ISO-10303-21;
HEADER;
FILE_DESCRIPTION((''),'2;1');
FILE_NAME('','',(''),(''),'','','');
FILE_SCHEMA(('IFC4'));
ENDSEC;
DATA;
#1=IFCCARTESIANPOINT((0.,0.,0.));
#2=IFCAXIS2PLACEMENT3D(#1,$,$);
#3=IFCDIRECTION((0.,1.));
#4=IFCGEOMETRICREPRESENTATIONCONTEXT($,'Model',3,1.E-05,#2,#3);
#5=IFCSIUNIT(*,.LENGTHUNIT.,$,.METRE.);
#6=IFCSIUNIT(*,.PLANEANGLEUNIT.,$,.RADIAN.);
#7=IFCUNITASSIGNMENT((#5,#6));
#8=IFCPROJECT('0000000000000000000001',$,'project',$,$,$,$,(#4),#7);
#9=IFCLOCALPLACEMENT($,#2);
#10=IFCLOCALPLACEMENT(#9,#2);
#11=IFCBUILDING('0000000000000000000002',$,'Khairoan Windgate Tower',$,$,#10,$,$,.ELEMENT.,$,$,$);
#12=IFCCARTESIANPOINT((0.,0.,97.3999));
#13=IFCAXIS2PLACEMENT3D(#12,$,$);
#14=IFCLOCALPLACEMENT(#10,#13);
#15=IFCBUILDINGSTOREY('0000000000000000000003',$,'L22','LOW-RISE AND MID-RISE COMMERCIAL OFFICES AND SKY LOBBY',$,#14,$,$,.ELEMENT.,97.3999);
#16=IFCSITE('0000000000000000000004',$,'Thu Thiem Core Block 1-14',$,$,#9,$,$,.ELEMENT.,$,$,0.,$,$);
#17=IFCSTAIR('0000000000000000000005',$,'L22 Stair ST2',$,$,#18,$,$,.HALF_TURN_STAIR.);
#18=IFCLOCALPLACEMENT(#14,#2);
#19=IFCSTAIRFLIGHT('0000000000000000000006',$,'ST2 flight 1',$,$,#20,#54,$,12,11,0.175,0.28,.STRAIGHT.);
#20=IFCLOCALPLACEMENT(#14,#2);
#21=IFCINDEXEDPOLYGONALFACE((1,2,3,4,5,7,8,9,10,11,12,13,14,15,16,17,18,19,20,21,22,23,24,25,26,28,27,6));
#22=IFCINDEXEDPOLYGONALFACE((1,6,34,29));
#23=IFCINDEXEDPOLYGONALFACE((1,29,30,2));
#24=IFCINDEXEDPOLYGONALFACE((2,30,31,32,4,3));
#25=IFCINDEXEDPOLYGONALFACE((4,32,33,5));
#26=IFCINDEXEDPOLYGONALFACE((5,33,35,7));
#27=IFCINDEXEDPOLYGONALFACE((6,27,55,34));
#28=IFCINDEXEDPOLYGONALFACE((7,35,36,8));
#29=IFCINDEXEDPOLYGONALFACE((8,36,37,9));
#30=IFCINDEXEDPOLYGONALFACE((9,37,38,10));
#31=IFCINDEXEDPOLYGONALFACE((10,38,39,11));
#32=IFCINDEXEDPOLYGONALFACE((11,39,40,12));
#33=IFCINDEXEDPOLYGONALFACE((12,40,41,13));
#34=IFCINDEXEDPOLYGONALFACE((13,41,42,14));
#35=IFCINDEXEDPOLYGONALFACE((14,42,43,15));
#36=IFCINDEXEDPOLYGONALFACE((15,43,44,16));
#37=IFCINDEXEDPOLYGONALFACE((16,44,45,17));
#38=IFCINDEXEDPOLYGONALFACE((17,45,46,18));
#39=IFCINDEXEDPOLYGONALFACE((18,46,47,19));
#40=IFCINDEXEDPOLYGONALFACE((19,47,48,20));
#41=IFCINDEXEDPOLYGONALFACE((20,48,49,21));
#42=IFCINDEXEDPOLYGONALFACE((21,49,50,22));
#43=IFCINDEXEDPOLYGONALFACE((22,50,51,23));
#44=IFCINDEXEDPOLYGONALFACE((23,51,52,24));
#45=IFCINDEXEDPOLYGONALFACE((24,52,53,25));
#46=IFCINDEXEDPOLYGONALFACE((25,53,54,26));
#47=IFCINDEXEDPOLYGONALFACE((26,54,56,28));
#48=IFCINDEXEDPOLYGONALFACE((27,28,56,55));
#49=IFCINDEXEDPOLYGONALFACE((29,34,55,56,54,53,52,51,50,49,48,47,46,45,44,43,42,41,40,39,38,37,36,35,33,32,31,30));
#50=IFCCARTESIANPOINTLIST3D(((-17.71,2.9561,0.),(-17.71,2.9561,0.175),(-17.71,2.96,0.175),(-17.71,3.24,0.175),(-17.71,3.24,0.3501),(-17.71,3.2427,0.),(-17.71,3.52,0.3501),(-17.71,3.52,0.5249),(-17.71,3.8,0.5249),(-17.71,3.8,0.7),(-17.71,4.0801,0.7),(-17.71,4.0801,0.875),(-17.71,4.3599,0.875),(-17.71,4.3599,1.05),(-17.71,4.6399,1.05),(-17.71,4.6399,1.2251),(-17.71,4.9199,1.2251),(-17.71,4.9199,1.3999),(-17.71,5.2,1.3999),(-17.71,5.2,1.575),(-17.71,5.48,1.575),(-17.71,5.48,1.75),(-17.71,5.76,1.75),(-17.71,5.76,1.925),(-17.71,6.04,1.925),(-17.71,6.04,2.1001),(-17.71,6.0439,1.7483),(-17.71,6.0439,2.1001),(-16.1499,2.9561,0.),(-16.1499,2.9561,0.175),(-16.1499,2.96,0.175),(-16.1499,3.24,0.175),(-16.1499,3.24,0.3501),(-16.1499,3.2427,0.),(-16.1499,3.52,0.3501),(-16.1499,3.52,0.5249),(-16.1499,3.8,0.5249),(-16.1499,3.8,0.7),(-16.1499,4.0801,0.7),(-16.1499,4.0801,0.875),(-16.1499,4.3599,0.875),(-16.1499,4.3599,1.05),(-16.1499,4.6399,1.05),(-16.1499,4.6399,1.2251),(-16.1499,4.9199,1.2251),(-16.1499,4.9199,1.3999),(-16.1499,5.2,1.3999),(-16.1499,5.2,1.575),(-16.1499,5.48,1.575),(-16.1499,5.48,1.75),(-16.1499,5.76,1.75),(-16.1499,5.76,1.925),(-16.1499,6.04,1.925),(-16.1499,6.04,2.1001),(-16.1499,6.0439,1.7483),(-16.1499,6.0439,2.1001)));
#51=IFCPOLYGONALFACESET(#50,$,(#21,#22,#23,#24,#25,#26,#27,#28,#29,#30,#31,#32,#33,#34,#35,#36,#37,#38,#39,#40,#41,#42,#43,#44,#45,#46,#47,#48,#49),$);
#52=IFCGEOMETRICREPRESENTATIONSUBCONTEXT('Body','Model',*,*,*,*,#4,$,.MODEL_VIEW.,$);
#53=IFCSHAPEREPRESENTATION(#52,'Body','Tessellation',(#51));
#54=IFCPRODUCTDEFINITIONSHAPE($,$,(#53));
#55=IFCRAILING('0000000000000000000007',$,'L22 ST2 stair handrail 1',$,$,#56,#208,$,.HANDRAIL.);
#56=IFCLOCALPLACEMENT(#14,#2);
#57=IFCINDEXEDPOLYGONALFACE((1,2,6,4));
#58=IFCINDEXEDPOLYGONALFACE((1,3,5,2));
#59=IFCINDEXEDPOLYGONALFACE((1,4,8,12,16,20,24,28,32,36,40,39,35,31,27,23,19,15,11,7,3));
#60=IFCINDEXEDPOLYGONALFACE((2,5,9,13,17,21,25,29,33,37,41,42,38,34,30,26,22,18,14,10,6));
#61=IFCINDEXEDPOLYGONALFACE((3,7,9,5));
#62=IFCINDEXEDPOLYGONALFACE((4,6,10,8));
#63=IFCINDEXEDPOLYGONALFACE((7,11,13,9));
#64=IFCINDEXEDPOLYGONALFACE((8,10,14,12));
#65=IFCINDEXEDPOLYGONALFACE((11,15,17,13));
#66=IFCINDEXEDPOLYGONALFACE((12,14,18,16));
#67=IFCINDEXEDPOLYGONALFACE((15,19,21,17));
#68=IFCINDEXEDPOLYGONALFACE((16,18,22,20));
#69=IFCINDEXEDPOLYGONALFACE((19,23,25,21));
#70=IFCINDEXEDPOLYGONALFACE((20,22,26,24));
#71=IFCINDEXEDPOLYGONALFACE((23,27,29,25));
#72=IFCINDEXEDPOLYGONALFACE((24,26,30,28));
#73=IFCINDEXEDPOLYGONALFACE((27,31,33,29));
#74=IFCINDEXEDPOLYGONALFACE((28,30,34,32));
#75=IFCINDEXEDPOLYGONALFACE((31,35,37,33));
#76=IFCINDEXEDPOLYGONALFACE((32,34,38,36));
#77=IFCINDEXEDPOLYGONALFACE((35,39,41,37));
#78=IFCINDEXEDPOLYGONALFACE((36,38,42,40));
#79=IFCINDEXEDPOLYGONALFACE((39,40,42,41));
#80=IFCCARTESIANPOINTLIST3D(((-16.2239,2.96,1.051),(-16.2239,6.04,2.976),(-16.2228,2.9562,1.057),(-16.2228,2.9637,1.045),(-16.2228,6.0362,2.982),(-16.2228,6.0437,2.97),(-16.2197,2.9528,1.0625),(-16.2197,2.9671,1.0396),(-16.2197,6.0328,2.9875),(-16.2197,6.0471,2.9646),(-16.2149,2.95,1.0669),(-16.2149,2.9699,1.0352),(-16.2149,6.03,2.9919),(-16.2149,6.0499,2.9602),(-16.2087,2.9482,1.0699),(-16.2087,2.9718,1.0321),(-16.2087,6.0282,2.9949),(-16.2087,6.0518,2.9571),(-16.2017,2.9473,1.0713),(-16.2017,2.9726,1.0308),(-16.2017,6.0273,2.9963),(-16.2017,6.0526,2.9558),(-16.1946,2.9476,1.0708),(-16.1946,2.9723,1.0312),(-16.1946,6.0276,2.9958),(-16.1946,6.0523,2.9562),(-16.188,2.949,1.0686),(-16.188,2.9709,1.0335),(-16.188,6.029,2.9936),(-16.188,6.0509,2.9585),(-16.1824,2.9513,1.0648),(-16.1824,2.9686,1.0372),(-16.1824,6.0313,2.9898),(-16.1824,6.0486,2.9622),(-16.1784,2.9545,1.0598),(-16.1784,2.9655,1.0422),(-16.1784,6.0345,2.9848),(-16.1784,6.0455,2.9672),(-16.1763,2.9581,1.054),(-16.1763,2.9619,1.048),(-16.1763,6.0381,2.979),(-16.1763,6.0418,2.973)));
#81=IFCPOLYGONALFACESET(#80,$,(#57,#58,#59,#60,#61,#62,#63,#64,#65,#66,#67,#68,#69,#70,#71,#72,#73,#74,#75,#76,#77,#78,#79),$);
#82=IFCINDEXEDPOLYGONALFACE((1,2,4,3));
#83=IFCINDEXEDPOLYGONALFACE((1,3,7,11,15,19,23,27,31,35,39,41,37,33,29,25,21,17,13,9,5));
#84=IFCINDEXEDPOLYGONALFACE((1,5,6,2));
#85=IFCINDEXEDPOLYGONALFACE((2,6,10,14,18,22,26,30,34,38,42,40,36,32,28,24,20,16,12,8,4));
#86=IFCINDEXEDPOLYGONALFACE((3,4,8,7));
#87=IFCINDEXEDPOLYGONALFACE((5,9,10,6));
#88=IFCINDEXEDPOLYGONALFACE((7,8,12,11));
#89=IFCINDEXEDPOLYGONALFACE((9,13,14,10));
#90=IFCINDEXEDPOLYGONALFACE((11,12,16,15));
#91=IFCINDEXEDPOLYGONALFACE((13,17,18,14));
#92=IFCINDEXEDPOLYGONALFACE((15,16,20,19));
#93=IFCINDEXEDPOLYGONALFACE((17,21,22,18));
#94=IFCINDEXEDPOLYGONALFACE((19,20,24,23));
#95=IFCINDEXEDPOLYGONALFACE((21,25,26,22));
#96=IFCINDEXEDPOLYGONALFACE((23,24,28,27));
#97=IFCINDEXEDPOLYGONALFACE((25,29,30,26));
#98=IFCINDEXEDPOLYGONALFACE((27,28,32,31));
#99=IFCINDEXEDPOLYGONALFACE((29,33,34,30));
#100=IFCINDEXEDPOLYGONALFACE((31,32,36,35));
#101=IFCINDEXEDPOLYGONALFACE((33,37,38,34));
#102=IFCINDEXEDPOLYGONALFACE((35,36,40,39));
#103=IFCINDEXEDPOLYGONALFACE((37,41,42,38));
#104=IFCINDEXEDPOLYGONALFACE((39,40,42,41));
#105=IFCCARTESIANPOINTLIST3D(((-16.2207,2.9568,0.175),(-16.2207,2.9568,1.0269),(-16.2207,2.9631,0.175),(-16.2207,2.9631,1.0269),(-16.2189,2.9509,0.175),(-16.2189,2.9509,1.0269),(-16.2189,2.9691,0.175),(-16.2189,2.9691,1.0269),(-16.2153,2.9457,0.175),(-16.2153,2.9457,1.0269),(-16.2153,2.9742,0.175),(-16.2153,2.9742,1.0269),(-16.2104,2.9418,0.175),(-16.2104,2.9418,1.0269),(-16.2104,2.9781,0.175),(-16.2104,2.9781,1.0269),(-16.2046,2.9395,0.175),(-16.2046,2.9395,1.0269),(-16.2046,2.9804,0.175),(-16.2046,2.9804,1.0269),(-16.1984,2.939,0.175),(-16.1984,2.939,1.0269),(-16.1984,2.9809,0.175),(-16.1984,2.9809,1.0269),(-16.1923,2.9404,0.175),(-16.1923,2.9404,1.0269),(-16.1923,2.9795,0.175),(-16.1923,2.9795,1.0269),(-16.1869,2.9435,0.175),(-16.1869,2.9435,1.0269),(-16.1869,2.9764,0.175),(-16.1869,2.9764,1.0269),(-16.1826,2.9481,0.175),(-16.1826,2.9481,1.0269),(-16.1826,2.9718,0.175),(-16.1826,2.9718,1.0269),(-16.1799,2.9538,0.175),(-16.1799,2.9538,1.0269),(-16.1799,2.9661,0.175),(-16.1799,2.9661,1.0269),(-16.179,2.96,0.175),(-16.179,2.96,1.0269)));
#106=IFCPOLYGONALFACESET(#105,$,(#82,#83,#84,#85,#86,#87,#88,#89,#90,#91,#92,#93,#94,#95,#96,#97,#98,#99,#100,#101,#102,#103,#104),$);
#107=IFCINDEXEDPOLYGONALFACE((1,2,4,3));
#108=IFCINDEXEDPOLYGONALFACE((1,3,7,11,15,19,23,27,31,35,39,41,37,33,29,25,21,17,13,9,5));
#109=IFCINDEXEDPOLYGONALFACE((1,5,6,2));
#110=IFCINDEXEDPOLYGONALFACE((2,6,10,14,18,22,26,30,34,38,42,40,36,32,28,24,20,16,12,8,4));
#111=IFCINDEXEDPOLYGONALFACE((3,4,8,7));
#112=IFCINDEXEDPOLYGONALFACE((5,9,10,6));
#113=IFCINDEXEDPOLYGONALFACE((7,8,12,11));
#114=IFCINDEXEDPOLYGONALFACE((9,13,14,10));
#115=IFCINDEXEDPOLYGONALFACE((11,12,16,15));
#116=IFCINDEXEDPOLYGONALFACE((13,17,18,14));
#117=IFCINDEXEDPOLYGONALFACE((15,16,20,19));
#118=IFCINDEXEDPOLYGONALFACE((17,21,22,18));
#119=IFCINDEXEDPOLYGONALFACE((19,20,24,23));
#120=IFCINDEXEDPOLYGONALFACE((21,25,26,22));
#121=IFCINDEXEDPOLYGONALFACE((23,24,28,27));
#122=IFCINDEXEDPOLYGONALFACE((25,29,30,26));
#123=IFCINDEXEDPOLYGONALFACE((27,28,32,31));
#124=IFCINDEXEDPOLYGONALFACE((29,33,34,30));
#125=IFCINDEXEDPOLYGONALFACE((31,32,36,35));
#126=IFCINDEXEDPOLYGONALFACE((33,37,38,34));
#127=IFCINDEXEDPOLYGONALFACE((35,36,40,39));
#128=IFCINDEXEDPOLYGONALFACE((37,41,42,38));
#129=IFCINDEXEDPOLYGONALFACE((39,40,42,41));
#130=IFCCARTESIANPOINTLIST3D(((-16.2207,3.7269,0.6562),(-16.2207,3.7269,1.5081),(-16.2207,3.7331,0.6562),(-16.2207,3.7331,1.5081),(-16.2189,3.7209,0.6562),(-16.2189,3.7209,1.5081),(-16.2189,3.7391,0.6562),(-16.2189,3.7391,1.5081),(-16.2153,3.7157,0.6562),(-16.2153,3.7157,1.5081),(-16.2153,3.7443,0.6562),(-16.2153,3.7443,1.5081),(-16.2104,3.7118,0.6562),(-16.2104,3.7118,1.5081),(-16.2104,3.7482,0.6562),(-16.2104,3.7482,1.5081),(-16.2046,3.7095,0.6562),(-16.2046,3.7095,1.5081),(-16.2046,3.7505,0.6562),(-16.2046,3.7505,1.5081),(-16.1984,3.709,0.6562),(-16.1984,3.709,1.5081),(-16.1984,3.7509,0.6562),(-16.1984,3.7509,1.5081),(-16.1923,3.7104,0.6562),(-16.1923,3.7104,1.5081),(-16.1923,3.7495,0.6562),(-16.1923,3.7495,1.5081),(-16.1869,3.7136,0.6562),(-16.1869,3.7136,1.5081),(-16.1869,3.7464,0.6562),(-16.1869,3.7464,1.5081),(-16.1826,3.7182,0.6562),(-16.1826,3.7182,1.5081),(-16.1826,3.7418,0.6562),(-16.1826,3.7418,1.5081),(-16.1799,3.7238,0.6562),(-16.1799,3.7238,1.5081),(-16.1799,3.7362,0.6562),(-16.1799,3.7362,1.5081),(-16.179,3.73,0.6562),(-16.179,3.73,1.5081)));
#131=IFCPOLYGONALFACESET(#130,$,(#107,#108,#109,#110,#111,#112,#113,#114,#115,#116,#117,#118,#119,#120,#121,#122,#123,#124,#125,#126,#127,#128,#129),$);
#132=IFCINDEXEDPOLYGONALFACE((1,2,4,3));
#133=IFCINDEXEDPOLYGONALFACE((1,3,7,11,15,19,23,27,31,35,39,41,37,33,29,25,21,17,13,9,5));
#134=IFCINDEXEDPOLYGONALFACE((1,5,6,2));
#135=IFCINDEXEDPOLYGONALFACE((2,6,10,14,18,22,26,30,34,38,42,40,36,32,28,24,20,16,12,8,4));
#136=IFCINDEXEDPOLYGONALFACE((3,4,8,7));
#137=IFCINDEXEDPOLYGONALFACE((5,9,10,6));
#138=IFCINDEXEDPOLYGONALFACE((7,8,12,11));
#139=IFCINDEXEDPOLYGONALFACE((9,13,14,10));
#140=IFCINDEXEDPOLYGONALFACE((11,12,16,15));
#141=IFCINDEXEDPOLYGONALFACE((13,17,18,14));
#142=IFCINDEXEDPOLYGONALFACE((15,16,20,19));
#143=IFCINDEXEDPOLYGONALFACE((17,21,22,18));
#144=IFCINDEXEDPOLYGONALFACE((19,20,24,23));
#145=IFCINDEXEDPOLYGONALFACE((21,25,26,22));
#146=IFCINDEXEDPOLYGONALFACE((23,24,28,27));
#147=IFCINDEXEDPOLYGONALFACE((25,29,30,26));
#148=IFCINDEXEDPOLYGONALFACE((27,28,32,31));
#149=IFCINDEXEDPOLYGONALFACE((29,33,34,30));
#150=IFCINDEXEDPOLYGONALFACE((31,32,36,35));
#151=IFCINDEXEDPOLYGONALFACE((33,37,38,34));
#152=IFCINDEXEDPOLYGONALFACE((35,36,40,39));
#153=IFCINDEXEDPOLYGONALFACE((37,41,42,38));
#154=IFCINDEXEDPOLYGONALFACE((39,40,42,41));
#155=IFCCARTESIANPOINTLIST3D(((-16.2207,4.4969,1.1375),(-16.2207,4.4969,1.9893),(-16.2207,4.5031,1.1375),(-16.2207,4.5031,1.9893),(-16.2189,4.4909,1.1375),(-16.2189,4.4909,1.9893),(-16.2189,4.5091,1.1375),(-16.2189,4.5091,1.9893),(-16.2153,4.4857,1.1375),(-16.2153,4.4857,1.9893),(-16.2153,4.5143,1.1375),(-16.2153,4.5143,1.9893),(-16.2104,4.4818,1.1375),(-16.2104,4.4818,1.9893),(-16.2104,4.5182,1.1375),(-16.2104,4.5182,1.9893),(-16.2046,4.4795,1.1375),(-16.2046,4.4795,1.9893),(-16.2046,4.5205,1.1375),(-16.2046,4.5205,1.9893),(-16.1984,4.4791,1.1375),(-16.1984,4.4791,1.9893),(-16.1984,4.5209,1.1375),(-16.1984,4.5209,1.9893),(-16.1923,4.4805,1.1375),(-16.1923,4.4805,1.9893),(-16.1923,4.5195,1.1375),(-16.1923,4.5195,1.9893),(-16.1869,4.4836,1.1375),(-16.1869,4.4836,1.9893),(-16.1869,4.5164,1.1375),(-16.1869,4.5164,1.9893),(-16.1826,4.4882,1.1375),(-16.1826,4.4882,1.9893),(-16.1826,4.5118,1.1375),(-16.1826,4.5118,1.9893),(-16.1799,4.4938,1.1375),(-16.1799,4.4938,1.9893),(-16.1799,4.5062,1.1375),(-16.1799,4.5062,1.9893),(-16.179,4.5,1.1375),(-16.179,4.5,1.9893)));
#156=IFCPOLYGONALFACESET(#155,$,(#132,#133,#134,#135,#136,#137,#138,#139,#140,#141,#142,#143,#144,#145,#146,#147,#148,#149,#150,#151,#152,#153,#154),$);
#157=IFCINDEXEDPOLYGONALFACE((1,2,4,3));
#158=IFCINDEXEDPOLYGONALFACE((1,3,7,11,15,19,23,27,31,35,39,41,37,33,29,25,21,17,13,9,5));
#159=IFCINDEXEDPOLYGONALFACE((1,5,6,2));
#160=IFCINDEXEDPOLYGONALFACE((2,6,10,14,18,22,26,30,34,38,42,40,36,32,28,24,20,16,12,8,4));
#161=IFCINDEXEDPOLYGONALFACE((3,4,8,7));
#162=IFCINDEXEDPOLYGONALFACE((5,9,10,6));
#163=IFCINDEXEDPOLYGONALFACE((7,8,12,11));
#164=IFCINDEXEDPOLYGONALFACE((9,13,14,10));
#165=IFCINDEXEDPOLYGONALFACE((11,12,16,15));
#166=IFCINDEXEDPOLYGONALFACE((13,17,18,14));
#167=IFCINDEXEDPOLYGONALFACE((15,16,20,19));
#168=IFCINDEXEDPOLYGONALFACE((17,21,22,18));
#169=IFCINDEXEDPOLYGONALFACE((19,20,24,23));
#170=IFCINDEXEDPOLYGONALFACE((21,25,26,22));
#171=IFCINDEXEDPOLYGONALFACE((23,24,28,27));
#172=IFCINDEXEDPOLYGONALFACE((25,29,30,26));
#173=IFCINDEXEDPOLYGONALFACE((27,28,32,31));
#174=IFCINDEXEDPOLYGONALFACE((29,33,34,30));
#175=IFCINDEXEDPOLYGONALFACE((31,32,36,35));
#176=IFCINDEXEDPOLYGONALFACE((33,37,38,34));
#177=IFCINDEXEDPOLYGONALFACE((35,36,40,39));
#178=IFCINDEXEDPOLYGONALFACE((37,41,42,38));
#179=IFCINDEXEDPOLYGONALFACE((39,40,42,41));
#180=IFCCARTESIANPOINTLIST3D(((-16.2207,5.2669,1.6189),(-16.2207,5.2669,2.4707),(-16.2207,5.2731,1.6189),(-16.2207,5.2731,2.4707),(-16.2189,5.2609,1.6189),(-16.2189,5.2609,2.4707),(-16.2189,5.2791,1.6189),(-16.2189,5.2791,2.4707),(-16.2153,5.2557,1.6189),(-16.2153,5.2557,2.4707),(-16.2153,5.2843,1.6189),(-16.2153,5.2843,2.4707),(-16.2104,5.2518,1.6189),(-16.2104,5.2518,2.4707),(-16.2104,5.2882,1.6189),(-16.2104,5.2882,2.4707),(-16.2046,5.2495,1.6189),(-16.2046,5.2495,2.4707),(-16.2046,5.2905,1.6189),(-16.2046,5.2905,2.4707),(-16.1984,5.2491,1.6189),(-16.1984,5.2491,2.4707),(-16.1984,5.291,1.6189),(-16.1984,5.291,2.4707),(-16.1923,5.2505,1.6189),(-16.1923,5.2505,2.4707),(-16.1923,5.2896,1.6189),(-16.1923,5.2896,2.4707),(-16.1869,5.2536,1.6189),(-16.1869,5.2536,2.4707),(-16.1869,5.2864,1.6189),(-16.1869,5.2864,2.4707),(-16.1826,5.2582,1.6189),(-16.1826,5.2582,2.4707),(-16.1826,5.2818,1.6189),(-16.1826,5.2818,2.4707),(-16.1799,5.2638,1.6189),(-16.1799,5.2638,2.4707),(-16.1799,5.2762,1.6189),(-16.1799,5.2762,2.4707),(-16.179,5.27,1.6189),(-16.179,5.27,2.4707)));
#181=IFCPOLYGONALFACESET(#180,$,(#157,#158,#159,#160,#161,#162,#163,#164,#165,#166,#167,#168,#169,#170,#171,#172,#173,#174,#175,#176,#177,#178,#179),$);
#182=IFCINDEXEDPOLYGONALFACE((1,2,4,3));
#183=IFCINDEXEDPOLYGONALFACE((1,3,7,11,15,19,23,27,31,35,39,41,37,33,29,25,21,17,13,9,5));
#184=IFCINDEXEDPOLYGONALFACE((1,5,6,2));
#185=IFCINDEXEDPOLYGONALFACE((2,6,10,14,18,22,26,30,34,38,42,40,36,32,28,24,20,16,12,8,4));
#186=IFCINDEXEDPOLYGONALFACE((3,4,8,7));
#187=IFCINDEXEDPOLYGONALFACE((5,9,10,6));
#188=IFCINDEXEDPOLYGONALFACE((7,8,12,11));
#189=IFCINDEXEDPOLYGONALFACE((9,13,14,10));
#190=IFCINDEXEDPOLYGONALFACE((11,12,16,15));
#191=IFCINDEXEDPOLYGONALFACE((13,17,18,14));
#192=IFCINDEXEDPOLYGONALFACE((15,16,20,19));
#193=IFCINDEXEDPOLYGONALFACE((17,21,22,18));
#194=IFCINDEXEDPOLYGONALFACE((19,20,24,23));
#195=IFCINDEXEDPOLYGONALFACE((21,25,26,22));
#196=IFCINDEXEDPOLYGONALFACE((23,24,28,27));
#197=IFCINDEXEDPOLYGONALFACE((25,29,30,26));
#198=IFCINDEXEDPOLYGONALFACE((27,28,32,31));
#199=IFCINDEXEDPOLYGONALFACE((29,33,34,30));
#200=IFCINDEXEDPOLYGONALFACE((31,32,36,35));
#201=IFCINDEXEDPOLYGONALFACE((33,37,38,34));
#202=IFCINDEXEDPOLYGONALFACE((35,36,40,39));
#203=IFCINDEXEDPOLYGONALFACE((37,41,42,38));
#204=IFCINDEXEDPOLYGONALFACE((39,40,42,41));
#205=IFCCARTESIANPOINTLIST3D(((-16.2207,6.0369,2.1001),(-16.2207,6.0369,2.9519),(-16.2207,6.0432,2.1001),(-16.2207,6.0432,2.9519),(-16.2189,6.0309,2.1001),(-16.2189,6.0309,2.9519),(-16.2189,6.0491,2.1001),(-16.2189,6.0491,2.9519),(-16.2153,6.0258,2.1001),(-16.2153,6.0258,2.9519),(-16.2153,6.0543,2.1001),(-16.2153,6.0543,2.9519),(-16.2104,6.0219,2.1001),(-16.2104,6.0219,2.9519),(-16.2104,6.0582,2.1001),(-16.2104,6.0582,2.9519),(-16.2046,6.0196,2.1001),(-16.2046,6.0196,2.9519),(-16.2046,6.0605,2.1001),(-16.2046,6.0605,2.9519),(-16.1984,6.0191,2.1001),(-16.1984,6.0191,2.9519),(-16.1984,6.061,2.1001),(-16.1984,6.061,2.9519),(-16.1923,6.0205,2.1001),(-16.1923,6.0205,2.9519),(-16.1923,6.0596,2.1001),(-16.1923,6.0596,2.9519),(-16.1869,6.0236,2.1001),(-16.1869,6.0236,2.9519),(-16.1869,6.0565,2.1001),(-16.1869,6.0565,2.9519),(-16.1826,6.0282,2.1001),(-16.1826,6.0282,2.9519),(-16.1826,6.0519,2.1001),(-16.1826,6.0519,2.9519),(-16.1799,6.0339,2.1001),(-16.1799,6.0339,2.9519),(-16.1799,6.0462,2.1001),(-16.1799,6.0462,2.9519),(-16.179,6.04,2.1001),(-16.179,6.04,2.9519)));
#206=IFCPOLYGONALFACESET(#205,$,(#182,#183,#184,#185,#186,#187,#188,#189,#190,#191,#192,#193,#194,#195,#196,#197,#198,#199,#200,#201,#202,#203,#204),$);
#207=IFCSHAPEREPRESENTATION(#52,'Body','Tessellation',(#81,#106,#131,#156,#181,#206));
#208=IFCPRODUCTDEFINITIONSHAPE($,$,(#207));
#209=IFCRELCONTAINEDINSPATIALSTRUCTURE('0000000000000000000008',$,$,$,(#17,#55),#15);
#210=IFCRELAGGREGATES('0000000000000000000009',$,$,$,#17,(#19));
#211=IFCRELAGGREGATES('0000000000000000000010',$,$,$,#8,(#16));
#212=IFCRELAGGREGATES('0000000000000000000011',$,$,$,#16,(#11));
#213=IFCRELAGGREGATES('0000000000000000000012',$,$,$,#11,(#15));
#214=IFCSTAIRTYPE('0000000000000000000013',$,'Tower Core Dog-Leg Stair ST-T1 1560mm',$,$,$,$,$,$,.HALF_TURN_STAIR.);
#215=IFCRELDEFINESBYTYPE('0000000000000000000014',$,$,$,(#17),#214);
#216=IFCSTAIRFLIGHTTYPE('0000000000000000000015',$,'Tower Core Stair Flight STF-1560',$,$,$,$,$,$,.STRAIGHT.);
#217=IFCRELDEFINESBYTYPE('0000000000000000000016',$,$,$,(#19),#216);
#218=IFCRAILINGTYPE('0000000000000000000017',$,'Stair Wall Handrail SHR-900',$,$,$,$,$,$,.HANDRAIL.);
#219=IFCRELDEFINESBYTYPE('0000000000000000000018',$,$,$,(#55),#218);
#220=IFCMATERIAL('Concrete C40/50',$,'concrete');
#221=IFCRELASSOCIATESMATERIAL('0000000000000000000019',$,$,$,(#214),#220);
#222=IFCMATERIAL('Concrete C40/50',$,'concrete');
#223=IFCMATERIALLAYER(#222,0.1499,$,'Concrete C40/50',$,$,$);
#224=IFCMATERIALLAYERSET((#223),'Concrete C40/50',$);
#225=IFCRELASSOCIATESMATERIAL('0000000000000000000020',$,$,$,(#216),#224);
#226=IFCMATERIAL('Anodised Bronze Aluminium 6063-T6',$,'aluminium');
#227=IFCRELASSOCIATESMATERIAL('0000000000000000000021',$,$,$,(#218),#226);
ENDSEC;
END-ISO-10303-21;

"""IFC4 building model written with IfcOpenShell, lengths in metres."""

from ifc_helpers import new_model, si_unit, direction, frame, origin, origin_2d, place, context, subcontext, project, spatial, polyline, circle, outline, extrude, material, layer, layer_set, type_object, element, aggregate, save


model = new_model("IFC4")

# Units and contexts
model_context = context("Model", 3, precision=1e-05, world=origin(), true_north=direction((0.0, 1.0)))
body_context = subcontext(model_context, "Body", "Model", "MODEL_VIEW")
ifc_project = project(units=[si_unit("LENGTHUNIT", "METRE"), si_unit("PLANEANGLEUNIT", "RADIAN")], contexts=[model_context])

# Site, building, storey
site_placement = place(None, origin())
site = spatial("IfcSite", under=ifc_project, at=site_placement, Name="Thu Thiem Core Block 1-14", CompositionType="ELEMENT", RefElevation=0.0)
building_placement = place(site_placement, origin())
building = spatial("IfcBuilding", under=site, at=building_placement, Name="Khairoan Windgate Tower", CompositionType="ELEMENT")
storey_placement = place(building_placement, frame((0.0, 0.0, 97.3999)))
storey = spatial("IfcBuildingStorey", under=building, at=storey_placement, Name="L22", Description="LOW-RISE AND MID-RISE COMMERCIAL OFFICES AND SKY LOBBY", CompositionType="ELEMENT", Elevation=97.3999)

# Stair, stair flight
ifc_material_1 = material(Name="Concrete C40/50", Category="concrete")
stair_type = type_object("IfcStairType", Name="Tower Core Dog-Leg Stair ST-T1 1560mm", PredefinedType="HALF_TURN_STAIR", material=ifc_material_1)
stair_placement = place(storey_placement, origin())
stair = element("IfcStair", 1, at=stair_placement, inside=storey, type_object=stair_type, Name="L22 Stair ST2", PredefinedType="HALF_TURN_STAIR")
ifc_material_2 = material(Name="Concrete C40/50", Category="concrete")
ifc_layer_1 = layer(ifc_material_2, 0.1499, Name="Concrete C40/50")
ifc_layer_set_1 = layer_set([ifc_layer_1], Name="Concrete C40/50")
stair_flight_type = type_object("IfcStairFlightType", Name="Tower Core Stair Flight STF-1560", PredefinedType="STRAIGHT", material=ifc_layer_set_1)
stair_flight_placement = place(storey_placement, frame((-16.9299, 2.96, 0.0), z_axis=(0.0, 0.0, 1.0), x_axis=(0.0, 1.0, 0.0)))
stair_flight = element("IfcStairFlight", 2, at=stair_flight_placement, type_object=stair_flight_type, Name="ST2 flight 1", NumberOfRisers=12, NumberOfTreads=11, PredefinedType="STRAIGHT", RiserHeight=0.175, TreadLength=0.28, context=body_context, shape_type="SweptSolid", body=[
    extrude(outline(polyline([(-0.0039, 0.0), (-0.0039, 0.175), (0.0, 0.175), (0.28, 0.175), (0.28, 0.3501), (0.5601, 0.3501), (0.5601, 0.5249), (0.8401, 0.5249), (0.8401, 0.7), (1.1201, 0.7), (1.1201, 0.875), (1.3999, 0.875), (1.3999, 1.05), (1.6799, 1.05), (1.6799, 1.2251), (1.96, 1.2251), (1.96, 1.3999), (2.24, 1.3999), (2.24, 1.575), (2.52, 1.575), (2.52, 1.75), (2.8, 1.75), (2.8, 1.925), (3.0801, 1.925), (3.0801, 2.1001), (3.084, 2.1001), (3.084, 1.7483), (0.2827, 0.0), (-0.0039, 0.0)])), frame((0.0, 0.78, 0.0), z_axis=(0.0, -1.0, 0.0), x_axis=(1.0, 0.0, 0.0)), (0.0, 0.0, 1.0), 1.5601),
])
aggregate(stair, [stair_flight])

# Railing
ifc_material_3 = material(Name="Anodised Bronze Aluminium 6063-T6", Category="aluminium")
railing_type_1 = type_object("IfcRailingType", Name="Stair Wall Handrail SHR-900", PredefinedType="HANDRAIL", material=ifc_material_3)
railing_1_placement = place(storey_placement, frame((-16.2, 2.96, 0.175)))
element("IfcRailing", 3, at=railing_1_placement, inside=storey, type_object=railing_type_1, Name="L22 ST2 stair handrail 1", PredefinedType="HANDRAIL", context=body_context, shape_type="SweptSolid", body=[
    extrude(circle(Radius=0.0239, at=origin_2d()), frame((0.0, 0.0, 0.876), z_axis=(0.0, 0.847998, 0.529999), x_axis=(-1.0, 0.0, 0.0)), (0.0, 0.0, 1.0), 3.6321),
    extrude(circle(Radius=0.021, at=origin_2d()), origin(), (0.0, 0.0, 1.0), 0.8518),
    extrude(circle(Radius=0.021, at=origin_2d()), frame((0.0, 0.77, 0.4812)), (0.0, 0.0, 1.0), 0.8518),
    extrude(circle(Radius=0.021, at=origin_2d()), frame((0.0, 1.54, 0.9624)), (0.0, 0.0, 1.0), 0.8518),
    extrude(circle(Radius=0.021, at=origin_2d()), frame((0.0, 2.3101, 1.4438)), (0.0, 0.0, 1.0), 0.8518),
    extrude(circle(Radius=0.021, at=origin_2d()), frame((0.0, 3.0801, 1.925)), (0.0, 0.0, 1.0), 0.8518),
])

save(model, "model.ifc")
